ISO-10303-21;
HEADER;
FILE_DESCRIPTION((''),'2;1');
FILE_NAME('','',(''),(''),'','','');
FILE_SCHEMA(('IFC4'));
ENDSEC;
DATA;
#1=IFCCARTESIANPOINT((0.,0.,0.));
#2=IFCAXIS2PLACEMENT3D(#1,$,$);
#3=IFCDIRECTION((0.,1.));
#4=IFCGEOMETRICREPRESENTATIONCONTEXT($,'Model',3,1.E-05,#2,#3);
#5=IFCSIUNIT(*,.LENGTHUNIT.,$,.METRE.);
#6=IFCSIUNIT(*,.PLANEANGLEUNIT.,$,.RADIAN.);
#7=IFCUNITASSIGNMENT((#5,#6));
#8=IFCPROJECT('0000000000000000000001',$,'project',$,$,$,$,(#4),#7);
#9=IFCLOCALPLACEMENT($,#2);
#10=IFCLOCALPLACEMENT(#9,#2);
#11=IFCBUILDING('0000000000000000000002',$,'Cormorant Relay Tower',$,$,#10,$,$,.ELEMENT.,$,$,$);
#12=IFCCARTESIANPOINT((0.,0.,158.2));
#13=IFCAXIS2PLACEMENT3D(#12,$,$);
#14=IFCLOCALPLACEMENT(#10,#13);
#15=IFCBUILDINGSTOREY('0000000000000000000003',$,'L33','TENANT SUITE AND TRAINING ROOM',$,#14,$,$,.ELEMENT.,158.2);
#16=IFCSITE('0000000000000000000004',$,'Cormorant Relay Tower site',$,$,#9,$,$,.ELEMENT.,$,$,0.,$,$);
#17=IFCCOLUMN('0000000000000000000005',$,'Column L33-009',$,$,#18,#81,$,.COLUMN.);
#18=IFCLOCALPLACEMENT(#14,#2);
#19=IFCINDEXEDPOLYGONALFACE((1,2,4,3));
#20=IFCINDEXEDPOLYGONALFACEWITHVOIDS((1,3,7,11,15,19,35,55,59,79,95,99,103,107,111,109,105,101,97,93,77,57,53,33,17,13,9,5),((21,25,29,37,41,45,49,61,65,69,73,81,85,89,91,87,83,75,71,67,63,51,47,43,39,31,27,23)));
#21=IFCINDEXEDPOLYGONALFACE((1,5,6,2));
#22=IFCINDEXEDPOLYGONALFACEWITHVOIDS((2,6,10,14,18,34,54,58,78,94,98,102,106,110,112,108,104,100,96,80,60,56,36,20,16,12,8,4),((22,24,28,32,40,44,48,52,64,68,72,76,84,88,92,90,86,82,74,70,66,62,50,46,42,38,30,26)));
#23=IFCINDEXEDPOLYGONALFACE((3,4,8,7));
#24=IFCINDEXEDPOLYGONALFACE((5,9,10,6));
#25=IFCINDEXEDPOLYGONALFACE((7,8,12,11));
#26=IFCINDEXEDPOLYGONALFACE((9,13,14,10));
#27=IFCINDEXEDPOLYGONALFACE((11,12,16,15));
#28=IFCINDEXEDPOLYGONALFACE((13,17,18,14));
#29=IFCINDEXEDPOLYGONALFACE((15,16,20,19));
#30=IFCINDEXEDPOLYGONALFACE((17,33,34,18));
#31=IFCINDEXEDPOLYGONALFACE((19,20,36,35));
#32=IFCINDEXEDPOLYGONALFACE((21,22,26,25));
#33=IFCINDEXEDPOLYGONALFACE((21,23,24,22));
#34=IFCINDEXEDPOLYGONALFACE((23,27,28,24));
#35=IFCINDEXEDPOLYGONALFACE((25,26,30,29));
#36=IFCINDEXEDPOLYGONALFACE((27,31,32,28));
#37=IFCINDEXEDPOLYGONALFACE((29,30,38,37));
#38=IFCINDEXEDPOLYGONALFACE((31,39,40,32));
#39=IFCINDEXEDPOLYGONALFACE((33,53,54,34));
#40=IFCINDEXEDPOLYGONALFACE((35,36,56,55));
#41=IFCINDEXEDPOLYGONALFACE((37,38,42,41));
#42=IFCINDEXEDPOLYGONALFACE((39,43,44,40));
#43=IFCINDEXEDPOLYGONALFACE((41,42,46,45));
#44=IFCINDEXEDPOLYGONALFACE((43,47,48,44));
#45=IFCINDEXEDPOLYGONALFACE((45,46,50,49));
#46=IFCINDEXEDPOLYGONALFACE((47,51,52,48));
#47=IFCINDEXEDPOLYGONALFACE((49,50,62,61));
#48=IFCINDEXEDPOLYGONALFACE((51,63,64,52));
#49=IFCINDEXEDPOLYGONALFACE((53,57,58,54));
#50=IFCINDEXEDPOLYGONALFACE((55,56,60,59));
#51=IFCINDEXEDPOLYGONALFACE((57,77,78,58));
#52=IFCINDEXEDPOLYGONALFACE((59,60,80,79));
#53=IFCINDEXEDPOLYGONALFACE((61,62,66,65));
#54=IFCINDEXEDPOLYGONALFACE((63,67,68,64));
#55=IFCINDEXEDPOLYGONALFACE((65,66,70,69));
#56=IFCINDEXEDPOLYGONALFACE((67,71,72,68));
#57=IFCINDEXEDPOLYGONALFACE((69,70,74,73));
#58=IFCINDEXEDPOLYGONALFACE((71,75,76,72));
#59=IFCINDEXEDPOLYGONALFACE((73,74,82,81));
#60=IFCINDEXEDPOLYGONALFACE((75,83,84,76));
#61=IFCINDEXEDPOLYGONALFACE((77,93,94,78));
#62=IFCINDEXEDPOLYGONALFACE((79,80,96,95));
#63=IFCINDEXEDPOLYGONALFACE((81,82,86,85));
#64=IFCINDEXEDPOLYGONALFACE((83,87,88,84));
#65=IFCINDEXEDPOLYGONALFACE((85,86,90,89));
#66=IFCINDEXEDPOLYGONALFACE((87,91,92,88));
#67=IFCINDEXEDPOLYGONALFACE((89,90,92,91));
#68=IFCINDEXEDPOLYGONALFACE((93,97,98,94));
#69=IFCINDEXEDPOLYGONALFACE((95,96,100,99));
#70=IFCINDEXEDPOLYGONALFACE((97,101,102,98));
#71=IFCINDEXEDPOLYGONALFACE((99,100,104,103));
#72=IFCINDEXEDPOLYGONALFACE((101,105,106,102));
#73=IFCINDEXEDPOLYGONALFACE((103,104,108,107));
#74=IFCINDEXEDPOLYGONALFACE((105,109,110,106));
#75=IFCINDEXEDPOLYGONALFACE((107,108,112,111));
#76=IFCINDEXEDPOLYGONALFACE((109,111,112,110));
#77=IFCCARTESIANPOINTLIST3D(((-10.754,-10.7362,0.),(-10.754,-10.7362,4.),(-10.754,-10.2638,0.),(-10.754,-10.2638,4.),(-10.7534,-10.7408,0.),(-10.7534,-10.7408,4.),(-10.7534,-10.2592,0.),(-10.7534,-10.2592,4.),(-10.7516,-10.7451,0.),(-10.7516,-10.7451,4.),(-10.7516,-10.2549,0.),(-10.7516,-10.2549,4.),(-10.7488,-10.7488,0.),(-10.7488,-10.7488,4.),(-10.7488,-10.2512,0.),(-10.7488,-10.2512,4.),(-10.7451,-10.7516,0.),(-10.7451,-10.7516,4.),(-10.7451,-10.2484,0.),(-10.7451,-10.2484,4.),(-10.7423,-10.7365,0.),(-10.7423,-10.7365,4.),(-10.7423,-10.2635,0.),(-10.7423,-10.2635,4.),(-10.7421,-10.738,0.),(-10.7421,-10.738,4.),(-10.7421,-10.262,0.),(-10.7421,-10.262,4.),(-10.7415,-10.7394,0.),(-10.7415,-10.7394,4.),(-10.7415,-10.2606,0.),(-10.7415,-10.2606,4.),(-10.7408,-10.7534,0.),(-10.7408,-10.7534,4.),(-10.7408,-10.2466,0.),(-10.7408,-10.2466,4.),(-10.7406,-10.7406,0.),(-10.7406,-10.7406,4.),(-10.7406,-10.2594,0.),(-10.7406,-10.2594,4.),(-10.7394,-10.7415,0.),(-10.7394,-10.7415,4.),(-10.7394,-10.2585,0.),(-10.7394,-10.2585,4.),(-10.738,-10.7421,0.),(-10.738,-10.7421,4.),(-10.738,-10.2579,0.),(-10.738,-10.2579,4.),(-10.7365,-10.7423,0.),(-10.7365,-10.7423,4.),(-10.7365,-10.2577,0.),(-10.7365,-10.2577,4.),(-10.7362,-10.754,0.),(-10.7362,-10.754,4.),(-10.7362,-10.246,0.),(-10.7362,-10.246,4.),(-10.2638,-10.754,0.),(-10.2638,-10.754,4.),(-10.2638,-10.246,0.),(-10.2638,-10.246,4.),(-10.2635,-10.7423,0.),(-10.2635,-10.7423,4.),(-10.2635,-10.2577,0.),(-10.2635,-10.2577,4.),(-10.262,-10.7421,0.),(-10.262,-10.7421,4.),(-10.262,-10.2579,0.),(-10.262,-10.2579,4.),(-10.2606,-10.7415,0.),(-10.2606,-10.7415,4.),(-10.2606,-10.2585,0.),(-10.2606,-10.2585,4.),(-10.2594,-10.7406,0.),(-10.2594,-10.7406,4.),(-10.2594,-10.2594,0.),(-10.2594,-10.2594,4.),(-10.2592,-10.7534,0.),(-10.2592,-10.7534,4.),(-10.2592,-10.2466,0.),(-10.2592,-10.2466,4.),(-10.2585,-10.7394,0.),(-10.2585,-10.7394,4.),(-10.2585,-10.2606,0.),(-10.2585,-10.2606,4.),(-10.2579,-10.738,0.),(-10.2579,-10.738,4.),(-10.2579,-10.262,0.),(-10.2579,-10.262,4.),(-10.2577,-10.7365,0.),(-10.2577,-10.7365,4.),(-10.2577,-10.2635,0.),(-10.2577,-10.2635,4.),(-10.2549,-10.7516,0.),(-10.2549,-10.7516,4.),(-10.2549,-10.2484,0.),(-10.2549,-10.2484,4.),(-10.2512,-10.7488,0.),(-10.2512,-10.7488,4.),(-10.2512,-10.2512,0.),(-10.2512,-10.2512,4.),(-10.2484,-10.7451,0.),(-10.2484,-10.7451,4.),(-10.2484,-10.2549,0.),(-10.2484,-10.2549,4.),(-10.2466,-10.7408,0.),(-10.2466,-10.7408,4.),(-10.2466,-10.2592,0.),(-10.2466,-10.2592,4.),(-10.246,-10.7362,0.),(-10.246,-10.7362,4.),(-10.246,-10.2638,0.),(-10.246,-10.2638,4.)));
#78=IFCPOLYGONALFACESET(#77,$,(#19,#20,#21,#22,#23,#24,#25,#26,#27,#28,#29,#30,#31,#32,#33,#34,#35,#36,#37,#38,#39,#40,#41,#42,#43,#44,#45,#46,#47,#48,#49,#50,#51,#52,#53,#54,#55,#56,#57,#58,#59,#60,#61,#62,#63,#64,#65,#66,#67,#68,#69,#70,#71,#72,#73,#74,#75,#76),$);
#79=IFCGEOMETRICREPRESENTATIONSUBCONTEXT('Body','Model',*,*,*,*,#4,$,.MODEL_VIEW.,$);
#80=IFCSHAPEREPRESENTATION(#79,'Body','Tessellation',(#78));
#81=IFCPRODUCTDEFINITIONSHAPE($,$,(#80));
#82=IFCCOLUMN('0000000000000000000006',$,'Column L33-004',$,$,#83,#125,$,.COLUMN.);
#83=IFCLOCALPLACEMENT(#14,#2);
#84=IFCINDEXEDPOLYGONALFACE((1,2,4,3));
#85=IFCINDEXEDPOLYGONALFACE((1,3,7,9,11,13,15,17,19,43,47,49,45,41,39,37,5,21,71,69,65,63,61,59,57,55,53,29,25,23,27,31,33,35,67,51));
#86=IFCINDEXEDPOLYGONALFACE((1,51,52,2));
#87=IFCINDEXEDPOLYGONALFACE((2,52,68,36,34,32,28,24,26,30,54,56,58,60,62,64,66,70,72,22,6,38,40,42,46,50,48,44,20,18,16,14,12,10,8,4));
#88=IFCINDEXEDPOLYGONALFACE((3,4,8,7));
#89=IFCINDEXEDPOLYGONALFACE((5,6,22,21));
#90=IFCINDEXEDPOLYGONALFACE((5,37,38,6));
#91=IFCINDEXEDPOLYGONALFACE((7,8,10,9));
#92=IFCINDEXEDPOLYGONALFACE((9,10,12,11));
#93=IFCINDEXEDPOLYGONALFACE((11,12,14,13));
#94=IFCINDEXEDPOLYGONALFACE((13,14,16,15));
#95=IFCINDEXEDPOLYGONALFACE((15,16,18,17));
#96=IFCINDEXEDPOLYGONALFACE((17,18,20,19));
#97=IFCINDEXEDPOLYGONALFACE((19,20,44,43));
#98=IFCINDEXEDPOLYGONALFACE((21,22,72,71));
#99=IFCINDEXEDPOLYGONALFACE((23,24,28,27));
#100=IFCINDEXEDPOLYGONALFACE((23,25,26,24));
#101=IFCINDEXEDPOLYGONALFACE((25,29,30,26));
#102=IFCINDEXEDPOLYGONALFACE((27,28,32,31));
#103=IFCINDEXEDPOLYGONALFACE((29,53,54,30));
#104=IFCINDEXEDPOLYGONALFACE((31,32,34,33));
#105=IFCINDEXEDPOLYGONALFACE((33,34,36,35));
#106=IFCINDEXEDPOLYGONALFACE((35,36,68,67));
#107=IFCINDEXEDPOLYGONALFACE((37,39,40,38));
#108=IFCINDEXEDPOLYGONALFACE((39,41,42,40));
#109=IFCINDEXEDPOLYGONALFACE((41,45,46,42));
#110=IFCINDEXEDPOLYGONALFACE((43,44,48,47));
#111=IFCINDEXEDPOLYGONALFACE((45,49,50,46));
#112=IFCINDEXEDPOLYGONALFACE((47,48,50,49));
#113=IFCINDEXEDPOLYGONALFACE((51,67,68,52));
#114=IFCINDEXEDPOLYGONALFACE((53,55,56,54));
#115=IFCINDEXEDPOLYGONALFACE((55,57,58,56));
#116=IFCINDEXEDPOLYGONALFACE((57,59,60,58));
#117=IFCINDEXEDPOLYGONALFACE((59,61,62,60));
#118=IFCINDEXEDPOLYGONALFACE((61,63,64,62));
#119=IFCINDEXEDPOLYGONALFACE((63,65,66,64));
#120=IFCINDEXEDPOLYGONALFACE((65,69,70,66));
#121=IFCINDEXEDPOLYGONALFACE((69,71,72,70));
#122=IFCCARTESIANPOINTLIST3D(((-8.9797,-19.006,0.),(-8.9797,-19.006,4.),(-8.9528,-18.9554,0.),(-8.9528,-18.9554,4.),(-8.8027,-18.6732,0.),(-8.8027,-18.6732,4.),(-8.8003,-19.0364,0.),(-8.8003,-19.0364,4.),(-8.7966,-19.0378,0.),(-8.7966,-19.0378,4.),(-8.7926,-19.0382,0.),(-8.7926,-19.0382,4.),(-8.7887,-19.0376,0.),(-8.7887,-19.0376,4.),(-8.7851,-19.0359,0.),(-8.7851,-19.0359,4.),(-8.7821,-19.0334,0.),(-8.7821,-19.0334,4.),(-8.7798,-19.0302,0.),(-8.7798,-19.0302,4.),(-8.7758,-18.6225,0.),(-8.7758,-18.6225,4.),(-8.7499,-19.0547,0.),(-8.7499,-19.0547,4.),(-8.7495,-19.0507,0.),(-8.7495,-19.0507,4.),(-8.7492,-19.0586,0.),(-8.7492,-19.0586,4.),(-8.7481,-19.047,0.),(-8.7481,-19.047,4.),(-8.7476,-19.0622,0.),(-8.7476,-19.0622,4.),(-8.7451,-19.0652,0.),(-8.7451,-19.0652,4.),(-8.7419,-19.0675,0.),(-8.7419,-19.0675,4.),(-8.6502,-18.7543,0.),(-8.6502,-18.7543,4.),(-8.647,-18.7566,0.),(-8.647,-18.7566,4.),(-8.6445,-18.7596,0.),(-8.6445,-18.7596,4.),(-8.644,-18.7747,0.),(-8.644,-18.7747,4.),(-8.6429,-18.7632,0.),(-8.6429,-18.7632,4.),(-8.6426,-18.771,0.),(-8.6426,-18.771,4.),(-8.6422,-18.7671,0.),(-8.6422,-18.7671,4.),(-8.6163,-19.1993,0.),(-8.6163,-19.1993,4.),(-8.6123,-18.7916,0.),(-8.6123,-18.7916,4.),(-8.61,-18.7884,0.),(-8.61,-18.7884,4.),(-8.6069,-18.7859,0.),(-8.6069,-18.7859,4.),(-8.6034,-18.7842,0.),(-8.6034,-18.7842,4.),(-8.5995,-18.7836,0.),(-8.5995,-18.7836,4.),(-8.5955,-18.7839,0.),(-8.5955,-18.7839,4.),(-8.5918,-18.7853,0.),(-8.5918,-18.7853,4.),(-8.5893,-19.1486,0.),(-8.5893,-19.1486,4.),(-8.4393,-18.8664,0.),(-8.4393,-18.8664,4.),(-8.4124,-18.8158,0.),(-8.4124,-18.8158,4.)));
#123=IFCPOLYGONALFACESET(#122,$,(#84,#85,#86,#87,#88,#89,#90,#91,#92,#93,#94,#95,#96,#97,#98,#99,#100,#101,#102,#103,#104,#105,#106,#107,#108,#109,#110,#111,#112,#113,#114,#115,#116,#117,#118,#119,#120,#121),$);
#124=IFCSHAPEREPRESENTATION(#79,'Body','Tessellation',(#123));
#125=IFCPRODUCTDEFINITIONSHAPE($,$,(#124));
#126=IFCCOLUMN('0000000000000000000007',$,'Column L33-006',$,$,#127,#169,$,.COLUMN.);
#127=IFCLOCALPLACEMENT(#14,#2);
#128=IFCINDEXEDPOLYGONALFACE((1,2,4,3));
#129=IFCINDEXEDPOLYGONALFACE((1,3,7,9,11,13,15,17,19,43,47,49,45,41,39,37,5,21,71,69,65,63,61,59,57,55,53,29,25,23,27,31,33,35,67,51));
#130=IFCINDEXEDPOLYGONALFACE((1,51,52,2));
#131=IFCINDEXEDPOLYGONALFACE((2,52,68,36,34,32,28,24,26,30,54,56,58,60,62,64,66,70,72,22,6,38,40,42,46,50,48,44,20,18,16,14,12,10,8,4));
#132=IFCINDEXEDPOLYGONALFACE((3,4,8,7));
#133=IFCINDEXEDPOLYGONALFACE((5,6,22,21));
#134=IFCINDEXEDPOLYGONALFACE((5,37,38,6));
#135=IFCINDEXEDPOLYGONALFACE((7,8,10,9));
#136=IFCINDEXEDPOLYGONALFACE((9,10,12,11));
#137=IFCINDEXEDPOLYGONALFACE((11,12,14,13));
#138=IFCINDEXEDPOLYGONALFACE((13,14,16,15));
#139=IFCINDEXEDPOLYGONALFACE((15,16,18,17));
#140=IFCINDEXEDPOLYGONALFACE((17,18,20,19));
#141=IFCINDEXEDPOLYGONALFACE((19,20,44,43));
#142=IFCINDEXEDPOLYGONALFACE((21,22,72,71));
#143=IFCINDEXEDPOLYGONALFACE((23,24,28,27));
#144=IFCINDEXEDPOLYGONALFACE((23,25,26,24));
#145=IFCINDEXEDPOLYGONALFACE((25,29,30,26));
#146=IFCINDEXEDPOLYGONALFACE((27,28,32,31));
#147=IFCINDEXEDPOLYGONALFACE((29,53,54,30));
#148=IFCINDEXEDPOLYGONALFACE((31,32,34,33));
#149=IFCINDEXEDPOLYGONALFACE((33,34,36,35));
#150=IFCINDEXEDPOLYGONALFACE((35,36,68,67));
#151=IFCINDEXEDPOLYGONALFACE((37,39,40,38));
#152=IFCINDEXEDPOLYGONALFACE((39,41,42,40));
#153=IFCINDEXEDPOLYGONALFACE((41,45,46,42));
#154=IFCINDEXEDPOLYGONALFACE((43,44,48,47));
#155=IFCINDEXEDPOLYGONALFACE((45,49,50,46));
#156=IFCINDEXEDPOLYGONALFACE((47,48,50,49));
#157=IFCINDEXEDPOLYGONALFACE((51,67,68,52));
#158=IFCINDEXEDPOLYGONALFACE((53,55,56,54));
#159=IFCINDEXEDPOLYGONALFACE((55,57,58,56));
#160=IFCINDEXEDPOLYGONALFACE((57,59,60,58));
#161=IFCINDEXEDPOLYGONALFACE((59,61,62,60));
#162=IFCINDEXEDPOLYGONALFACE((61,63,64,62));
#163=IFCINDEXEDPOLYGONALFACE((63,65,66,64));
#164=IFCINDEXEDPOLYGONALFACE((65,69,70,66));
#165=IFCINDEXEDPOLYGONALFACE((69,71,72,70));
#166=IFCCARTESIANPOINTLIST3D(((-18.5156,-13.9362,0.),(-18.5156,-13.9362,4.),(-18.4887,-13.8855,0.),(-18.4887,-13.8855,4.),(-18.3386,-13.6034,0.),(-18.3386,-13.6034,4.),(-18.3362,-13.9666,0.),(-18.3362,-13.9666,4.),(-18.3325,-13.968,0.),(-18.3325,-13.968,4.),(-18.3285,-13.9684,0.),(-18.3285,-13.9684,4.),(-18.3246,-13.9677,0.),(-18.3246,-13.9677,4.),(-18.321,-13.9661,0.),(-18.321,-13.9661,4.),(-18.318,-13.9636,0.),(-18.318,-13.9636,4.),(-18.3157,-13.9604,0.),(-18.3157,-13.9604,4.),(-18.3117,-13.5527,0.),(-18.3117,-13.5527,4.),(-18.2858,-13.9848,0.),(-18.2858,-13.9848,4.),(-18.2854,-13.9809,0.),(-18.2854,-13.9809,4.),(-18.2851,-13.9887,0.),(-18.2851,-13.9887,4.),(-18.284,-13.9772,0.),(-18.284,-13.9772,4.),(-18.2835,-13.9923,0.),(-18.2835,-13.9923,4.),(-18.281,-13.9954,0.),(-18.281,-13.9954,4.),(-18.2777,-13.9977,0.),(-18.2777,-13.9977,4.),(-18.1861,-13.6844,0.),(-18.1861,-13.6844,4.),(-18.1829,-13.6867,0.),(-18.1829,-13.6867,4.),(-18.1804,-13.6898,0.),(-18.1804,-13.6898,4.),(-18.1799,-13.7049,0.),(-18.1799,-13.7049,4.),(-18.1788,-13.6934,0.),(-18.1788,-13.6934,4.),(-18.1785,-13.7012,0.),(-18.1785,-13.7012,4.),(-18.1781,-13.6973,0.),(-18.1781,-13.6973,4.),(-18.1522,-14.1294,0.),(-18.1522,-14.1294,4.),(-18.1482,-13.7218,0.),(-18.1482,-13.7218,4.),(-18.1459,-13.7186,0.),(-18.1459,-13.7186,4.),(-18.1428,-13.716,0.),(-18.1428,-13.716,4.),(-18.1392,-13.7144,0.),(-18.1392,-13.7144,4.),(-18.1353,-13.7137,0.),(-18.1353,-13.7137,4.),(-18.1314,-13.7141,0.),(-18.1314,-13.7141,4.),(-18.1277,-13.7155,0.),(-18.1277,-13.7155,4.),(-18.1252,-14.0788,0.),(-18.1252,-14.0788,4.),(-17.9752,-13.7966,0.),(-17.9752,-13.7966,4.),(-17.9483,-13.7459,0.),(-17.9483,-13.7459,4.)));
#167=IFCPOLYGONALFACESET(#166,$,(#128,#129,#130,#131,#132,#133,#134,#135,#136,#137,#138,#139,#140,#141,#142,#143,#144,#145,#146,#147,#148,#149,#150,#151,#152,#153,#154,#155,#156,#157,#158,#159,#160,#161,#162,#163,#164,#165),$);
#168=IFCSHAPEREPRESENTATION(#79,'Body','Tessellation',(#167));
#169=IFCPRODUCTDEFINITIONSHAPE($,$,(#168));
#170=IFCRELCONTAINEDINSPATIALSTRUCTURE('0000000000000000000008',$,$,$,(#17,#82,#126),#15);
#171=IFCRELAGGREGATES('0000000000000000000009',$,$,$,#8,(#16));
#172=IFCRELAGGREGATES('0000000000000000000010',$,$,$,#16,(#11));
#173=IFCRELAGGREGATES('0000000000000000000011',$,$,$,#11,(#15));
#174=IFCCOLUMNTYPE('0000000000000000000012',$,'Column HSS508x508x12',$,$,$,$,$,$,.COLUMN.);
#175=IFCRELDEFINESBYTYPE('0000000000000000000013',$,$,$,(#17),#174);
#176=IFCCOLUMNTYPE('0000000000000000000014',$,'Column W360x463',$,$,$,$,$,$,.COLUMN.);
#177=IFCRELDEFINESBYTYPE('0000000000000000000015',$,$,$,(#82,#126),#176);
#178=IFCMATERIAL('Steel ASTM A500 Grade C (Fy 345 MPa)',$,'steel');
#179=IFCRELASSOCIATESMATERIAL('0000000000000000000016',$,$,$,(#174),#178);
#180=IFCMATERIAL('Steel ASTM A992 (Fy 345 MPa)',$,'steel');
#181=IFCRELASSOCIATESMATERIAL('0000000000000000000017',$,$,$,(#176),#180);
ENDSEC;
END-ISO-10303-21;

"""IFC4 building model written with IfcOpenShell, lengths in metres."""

from ifc_helpers import new_model, si_unit, direction, frame, origin, origin_2d, place, context, subcontext, project, spatial, hollow_rectangle, i_section, extrude, material, material_profile, profile_set, type_object, element, save


model = new_model("IFC4")

# Units and contexts
model_context = context("Model", 3, precision=1e-05, world=origin(), true_north=direction((0.0, 1.0)))
body_context = subcontext(model_context, "Body", "Model", "MODEL_VIEW")
ifc_project = project(units=[si_unit("LENGTHUNIT", "METRE"), si_unit("PLANEANGLEUNIT", "RADIAN")], contexts=[model_context])

# Site, building, storey
site_placement = place(None, origin())
site = spatial("IfcSite", under=ifc_project, at=site_placement, Name="Cormorant Relay Tower site", CompositionType="ELEMENT", RefElevation=0.0)
building_placement = place(site_placement, origin())
building = spatial("IfcBuilding", under=site, at=building_placement, Name="Cormorant Relay Tower", CompositionType="ELEMENT")
storey_placement = place(building_placement, frame((0.0, 0.0, 158.2)))
storey = spatial("IfcBuildingStorey", under=building, at=storey_placement, Name="L33", Description="TENANT SUITE AND TRAINING ROOM", CompositionType="ELEMENT", Elevation=158.2)

# Columns
ifc_material_1 = material(Name="Steel ASTM A500 Grade C (Fy 345 MPa)", Category="steel")
ifc_material_profile_1 = material_profile(ifc_material_1, hollow_rectangle(XDim=0.5081, YDim=0.5081, WallThickness=0.0117, InnerFilletRadius=0.0059, OuterFilletRadius=0.0178, at=origin_2d()), Name="HSS508x508x12")
ifc_profile_set_1 = profile_set([ifc_material_profile_1], Name="Steel ASTM A500 Grade C (Fy 345 MPa)")
column_type_1 = type_object("IfcColumnType", Name="Column HSS508x508x12", PredefinedType="COLUMN", material=ifc_profile_set_1)
column_1_placement = place(storey_placement, frame((-10.5, -10.5, 0.0), z_axis=(0.0, 0.0, 1.0), x_axis=(1.0, 0.0, 0.0)))
element("IfcColumn", 1, at=column_1_placement, inside=storey, type_object=column_type_1, Name="Column L33-009", PredefinedType="COLUMN", context=body_context, shape_type="SweptSolid", body=[
    extrude(hollow_rectangle(XDim=0.5081, YDim=0.5081, WallThickness=0.0117, InnerFilletRadius=0.0059, OuterFilletRadius=0.0178, at=origin_2d()), origin(), (0.0, 0.0, 1.0), 4.0),
])
ifc_material_2 = material(Name="Steel ASTM A992 (Fy 345 MPa)", Category="steel")
ifc_material_profile_2 = material_profile(ifc_material_2, i_section(OverallWidth=0.4116, OverallDepth=0.4343, WebThickness=0.0359, FlangeThickness=0.0574, FilletRadius=0.0151, at=origin_2d()), Name="W360x463")
ifc_profile_set_2 = profile_set([ifc_material_profile_2], Name="Steel ASTM A992 (Fy 345 MPa)")
column_type_2 = type_object("IfcColumnType", Name="Column W360x463", PredefinedType="COLUMN", material=ifc_profile_set_2)
for number, where, z_axis, x_axis, name in (
    (2, (-8.696, -18.9109, 0.0), (0.0, 0.0, 1.0), (0.882948, -0.469472, 0.0), "Column L33-004"),
    (3, (-18.2319, -13.8411, 0.0), (0.0, 0.0, 1.0), (0.882948, -0.469472, 0.0), "Column L33-006"),
):
    element("IfcColumn", number, at=place(storey_placement, frame(where, z_axis=z_axis, x_axis=x_axis)), inside=storey, type_object=column_type_2, Name=name, PredefinedType="COLUMN", context=body_context, shape_type="SweptSolid", body=[
        extrude(i_section(OverallWidth=0.4116, OverallDepth=0.4343, WebThickness=0.0359, FlangeThickness=0.0574, FilletRadius=0.0151, at=origin_2d()), origin(), (0.0, 0.0, 1.0), 4.0),
    ])

save(model, "model.ifc")
